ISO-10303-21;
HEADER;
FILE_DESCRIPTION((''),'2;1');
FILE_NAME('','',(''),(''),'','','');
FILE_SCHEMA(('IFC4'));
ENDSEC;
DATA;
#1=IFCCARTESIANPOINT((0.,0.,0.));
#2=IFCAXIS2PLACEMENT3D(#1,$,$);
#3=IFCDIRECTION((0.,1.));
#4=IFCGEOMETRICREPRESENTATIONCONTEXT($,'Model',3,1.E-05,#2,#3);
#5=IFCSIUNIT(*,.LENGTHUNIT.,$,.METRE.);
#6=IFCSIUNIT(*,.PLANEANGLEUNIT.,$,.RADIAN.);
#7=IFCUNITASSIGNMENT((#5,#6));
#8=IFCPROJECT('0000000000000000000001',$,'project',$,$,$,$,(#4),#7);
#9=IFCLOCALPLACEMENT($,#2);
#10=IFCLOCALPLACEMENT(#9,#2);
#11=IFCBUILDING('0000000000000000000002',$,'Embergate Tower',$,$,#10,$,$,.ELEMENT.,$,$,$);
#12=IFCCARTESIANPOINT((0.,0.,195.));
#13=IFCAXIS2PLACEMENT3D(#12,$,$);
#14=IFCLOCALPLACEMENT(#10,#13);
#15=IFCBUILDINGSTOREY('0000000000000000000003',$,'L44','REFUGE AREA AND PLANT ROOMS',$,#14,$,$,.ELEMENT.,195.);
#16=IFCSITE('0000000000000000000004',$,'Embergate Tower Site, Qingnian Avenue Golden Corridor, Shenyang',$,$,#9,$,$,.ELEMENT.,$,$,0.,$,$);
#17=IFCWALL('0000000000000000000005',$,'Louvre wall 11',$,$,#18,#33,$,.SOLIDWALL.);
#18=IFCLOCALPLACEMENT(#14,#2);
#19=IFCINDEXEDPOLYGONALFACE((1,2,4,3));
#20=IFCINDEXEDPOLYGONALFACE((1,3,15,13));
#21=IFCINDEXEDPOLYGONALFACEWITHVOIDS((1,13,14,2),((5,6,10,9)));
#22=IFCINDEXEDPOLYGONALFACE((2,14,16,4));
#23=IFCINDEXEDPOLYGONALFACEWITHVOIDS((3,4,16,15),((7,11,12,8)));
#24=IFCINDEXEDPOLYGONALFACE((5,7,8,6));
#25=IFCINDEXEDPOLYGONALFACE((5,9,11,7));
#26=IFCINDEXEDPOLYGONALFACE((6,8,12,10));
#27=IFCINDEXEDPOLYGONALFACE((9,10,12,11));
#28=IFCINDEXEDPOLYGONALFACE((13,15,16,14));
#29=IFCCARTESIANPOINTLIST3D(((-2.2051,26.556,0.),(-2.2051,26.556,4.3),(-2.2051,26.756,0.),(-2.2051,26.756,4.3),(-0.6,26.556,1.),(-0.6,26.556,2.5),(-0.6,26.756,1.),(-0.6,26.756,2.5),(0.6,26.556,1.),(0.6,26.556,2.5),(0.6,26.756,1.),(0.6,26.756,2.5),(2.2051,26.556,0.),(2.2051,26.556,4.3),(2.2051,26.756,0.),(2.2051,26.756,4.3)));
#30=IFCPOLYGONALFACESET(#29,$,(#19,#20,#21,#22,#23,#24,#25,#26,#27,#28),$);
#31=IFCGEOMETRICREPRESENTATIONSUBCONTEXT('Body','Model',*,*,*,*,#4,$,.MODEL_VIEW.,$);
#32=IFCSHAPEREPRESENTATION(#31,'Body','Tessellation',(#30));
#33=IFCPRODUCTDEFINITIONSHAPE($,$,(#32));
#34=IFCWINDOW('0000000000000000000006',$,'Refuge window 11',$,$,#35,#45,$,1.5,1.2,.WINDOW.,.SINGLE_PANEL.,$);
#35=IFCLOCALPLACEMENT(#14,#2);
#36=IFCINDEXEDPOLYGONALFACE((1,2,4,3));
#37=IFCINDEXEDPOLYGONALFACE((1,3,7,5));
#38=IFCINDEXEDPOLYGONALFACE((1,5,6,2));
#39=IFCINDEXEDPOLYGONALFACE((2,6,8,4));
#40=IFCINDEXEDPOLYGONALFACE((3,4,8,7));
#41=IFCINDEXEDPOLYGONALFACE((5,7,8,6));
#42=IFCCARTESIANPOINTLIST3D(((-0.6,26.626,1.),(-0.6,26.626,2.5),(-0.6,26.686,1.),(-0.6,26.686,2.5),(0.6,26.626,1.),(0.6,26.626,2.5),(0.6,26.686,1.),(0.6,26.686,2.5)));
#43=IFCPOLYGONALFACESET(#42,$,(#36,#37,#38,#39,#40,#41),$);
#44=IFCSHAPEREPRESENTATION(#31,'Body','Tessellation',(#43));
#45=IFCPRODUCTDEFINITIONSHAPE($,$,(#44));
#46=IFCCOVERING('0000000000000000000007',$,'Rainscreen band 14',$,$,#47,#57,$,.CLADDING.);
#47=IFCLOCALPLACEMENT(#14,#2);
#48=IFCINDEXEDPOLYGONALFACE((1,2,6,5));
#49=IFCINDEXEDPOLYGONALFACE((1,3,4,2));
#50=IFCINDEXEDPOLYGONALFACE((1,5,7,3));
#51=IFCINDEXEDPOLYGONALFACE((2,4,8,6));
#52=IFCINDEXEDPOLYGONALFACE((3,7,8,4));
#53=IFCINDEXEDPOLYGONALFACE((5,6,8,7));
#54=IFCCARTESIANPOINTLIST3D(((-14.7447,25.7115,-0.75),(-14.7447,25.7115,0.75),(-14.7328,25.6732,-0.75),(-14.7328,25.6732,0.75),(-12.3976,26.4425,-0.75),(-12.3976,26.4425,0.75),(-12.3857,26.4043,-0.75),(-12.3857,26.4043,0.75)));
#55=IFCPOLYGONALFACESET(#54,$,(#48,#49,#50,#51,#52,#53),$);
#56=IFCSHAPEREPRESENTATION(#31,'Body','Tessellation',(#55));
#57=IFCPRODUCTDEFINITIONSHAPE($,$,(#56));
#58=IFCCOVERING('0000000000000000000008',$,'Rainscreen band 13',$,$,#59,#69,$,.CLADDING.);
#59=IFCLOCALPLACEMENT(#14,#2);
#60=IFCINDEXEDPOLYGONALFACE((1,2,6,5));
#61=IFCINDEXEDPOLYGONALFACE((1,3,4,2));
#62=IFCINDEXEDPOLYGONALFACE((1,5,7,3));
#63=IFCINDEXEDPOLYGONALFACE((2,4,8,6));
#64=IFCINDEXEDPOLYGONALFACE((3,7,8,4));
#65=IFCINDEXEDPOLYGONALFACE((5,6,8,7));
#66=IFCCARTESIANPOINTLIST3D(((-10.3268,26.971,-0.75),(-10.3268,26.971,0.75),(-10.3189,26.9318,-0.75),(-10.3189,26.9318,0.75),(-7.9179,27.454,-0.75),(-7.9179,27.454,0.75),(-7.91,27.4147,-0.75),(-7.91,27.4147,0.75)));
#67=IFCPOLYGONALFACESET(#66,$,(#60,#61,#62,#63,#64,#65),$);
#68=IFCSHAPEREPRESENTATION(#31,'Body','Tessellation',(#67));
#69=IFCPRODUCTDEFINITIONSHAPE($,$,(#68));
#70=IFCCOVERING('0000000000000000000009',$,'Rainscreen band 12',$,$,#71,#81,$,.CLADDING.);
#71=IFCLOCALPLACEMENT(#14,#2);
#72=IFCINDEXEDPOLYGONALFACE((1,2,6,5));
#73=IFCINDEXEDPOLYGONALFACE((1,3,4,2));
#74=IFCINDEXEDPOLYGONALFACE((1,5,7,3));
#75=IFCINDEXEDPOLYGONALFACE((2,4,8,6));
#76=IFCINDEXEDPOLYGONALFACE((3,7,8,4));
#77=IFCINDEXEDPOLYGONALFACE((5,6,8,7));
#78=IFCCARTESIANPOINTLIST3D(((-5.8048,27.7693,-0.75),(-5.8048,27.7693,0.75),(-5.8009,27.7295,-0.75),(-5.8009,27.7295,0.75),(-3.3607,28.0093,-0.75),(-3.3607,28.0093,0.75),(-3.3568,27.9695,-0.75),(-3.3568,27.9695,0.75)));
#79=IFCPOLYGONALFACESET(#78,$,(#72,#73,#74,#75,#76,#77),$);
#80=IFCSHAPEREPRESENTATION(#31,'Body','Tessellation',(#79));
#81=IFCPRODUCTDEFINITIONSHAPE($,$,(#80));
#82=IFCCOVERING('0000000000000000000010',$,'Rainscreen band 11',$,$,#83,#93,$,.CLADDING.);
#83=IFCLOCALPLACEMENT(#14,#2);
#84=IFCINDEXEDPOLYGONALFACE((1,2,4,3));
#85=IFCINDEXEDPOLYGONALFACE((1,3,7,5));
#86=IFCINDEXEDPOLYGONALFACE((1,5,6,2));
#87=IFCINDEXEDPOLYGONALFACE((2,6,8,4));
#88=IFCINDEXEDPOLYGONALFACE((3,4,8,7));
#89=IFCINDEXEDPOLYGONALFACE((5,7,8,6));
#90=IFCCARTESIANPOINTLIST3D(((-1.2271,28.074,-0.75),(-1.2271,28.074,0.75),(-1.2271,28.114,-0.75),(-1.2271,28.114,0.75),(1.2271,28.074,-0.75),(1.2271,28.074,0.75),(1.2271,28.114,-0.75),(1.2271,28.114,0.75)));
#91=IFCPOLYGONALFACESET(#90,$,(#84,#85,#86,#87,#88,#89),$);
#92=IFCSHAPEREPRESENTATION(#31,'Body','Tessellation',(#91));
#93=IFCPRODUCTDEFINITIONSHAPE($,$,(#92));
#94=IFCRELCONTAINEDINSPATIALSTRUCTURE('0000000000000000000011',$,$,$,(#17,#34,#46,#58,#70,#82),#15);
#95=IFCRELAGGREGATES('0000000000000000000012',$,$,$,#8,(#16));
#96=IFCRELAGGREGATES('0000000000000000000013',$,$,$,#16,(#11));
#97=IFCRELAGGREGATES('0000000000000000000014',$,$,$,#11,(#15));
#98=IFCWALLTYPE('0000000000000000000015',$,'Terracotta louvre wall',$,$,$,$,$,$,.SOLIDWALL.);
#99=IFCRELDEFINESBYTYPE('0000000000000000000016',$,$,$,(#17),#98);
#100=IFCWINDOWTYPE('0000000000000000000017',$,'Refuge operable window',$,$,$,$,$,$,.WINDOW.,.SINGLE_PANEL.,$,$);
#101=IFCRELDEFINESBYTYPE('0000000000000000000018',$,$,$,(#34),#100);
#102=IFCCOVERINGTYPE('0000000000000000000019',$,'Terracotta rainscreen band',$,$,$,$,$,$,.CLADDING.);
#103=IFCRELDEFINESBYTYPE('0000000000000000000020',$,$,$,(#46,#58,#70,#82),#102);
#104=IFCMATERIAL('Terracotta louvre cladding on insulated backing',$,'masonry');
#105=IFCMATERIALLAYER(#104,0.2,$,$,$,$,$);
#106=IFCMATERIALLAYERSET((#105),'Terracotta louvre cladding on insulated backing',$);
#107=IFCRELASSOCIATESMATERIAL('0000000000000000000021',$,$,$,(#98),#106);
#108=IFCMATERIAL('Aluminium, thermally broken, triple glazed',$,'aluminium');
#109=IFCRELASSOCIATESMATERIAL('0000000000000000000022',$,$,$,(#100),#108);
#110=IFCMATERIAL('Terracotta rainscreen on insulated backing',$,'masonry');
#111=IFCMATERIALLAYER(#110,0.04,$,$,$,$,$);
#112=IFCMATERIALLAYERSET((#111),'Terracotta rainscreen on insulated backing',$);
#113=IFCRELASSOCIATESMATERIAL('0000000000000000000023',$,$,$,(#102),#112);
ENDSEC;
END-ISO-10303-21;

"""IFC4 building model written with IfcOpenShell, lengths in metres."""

from ifc_helpers import new_model, si_unit, direction, frame, frame_2d, origin, origin_2d, place, context, subcontext, project, spatial, rectangle, extrude, source, transform, mapped, material, layer, layer_set, type_object, element, fill, save


model = new_model("IFC4")

# Units and contexts
model_context = context("Model", 3, precision=1e-05, world=origin(), true_north=direction((0.0, 1.0)))
body_context = subcontext(model_context, "Body", "Model", "MODEL_VIEW")
ifc_project = project(units=[si_unit("LENGTHUNIT", "METRE"), si_unit("PLANEANGLEUNIT", "RADIAN")], contexts=[model_context])

# Site, building, storey
site_placement = place(None, origin())
site = spatial("IfcSite", under=ifc_project, at=site_placement, Name="Embergate Tower Site, Qingnian Avenue Golden Corridor, Shenyang", CompositionType="ELEMENT", RefElevation=0.0)
building_placement = place(site_placement, origin())
building = spatial("IfcBuilding", under=site, at=building_placement, Name="Embergate Tower", CompositionType="ELEMENT")
storey_placement = place(building_placement, frame((0.0, 0.0, 195.0)))
storey = spatial("IfcBuildingStorey", under=building, at=storey_placement, Name="L44", Description="REFUGE AREA AND PLANT ROOMS", CompositionType="ELEMENT", Elevation=195.0)

# Wall, opening, window
ifc_material_1 = material(Name="Terracotta louvre cladding on insulated backing", Category="masonry")
ifc_layer_1 = layer(ifc_material_1, 0.2)
ifc_layer_set_1 = layer_set([ifc_layer_1], Name="Terracotta louvre cladding on insulated backing")
wall_type = type_object("IfcWallType", Name="Terracotta louvre wall", PredefinedType="SOLIDWALL", material=ifc_layer_set_1)
shared_shape_1 = source(origin(), body_context, "Body", "SweptSolid", [
    extrude(rectangle(XDim=1.2, YDim=1.5, at=frame_2d((0.6001, 0.75))), frame((0.0, 0.1099, 0.0), z_axis=(0.0, -1.0, 0.0), x_axis=(1.0, 0.0, 0.0)), (0.0, 0.0, 1.0), 0.22),
])
ifc_material_2 = material(Name="Aluminium, thermally broken, triple glazed", Category="aluminium")
window_type = type_object("IfcWindowType", Name="Refuge operable window", PartitioningType="SINGLE_PANEL", PredefinedType="WINDOW", material=ifc_material_2)
shared_shape_2 = source(origin(), body_context, "Body", "SweptSolid", [
    extrude(rectangle(XDim=1.2, YDim=1.5, at=frame_2d((0.6001, 0.75))), frame((0.0, 0.03, 0.0), z_axis=(0.0, -1.0, 0.0), x_axis=(1.0, 0.0, 0.0)), (0.0, 0.0, 1.0), 0.0601),
])
shared_shape_3 = source(origin(), body_context, "Body", "SweptSolid", [
    extrude(rectangle(XDim=4.4102, YDim=0.2, at=frame_2d((2.2051, 0.0))), origin(), (0.0, 0.0, 1.0), 4.3),
])
wall_1_placement = place(storey_placement, frame((-2.2051, 26.656, 0.0), z_axis=(0.0, 0.0, 1.0), x_axis=(1.0, 0.0, 0.0)))
wall_1 = element("IfcWall", 1, at=wall_1_placement, inside=storey, type_object=wall_type, Name="Louvre wall 11", PredefinedType="SOLIDWALL", context=body_context, shape_type="MappedRepresentation", body=[
    mapped(shared_shape_3, transform((0.0, 0.0, 0.0))),
])
opening_1_placement = place(wall_1_placement, frame((1.605, 0.0, 1.0)))
opening_1 = element("IfcOpeningElement", 2, at=opening_1_placement, cuts=wall_1, PredefinedType="OPENING", context=body_context, shape_type="MappedRepresentation", body=[
    mapped(shared_shape_1, transform((0.0, 0.0, 0.0))),
])
window_1_placement = place(opening_1_placement, origin())
window_1 = element("IfcWindow", 3, at=window_1_placement, inside=storey, type_object=window_type, Name="Refuge window 11", OverallHeight=1.5, OverallWidth=1.2, PartitioningType="SINGLE_PANEL", PredefinedType="WINDOW", context=body_context, shape_type="MappedRepresentation", body=[
    mapped(shared_shape_2, transform((0.0, 0.0, 0.0))),
])
fill(opening_1, window_1)

# Coverings
ifc_material_3 = material(Name="Terracotta rainscreen on insulated backing", Category="masonry")
ifc_layer_2 = layer(ifc_material_3, 0.04)
ifc_layer_set_2 = layer_set([ifc_layer_2], Name="Terracotta rainscreen on insulated backing")
covering_type = type_object("IfcCoveringType", Name="Terracotta rainscreen band", PredefinedType="CLADDING", material=ifc_layer_set_2)
shared_shape_4 = source(origin(), body_context, "Body", "SweptSolid", [
    extrude(rectangle(XDim=2.4583, YDim=0.04, at=origin_2d()), origin(), (0.0, 0.0, 1.0), 1.5),
])
covering_1_placement = place(storey_placement, frame((-13.5652, 26.0579, -0.75), z_axis=(0.0, 0.0, 1.0), x_axis=(-0.954762, -0.297372, 0.0)))
element("IfcCovering", 4, at=covering_1_placement, inside=storey, type_object=covering_type, Name="Rainscreen band 14", PredefinedType="CLADDING", context=body_context, shape_type="MappedRepresentation", body=[
    mapped(shared_shape_4, transform((0.0, 0.0, 0.0))),
])
shared_shape_5 = source(origin(), body_context, "Body", "SweptSolid", [
    extrude(rectangle(XDim=2.4568, YDim=0.04, at=origin_2d()), origin(), (0.0, 0.0, 1.0), 1.5),
])
covering_2_placement = place(storey_placement, frame((-9.1184, 27.1929, -0.75), z_axis=(0.0, 0.0, 1.0), x_axis=(-0.980487, -0.196586, 0.0)))
element("IfcCovering", 5, at=covering_2_placement, inside=storey, type_object=covering_type, Name="Rainscreen band 13", PredefinedType="CLADDING", context=body_context, shape_type="MappedRepresentation", body=[
    mapped(shared_shape_5, transform((0.0, 0.0, 0.0))),
])
shared_shape_6 = source(origin(), body_context, "Body", "SweptSolid", [
    extrude(rectangle(XDim=2.4558, YDim=0.04, at=origin_2d()), origin(), (0.0, 0.0, 1.0), 1.5),
])
covering_3_placement = place(storey_placement, frame((-4.5808, 27.8694, -0.75), z_axis=(0.0, 0.0, 1.0), x_axis=(-0.995213, -0.097729, 0.0)))
element("IfcCovering", 6, at=covering_3_placement, inside=storey, type_object=covering_type, Name="Rainscreen band 12", PredefinedType="CLADDING", context=body_context, shape_type="MappedRepresentation", body=[
    mapped(shared_shape_6, transform((0.0, 0.0, 0.0))),
])
shared_shape_7 = source(origin(), body_context, "Body", "SweptSolid", [
    extrude(rectangle(XDim=2.4541, YDim=0.04, at=origin_2d()), origin(), (0.0, 0.0, 1.0), 1.5),
])
covering_4_placement = place(storey_placement, frame((0.0, 28.094, -0.75), z_axis=(0.0, 0.0, 1.0), x_axis=(-1.0, 0.0, 0.0)))
element("IfcCovering", 7, at=covering_4_placement, inside=storey, type_object=covering_type, Name="Rainscreen band 11", PredefinedType="CLADDING", context=body_context, shape_type="MappedRepresentation", body=[
    mapped(shared_shape_7, transform((0.0, 0.0, 0.0))),
])

save(model, "model.ifc")
